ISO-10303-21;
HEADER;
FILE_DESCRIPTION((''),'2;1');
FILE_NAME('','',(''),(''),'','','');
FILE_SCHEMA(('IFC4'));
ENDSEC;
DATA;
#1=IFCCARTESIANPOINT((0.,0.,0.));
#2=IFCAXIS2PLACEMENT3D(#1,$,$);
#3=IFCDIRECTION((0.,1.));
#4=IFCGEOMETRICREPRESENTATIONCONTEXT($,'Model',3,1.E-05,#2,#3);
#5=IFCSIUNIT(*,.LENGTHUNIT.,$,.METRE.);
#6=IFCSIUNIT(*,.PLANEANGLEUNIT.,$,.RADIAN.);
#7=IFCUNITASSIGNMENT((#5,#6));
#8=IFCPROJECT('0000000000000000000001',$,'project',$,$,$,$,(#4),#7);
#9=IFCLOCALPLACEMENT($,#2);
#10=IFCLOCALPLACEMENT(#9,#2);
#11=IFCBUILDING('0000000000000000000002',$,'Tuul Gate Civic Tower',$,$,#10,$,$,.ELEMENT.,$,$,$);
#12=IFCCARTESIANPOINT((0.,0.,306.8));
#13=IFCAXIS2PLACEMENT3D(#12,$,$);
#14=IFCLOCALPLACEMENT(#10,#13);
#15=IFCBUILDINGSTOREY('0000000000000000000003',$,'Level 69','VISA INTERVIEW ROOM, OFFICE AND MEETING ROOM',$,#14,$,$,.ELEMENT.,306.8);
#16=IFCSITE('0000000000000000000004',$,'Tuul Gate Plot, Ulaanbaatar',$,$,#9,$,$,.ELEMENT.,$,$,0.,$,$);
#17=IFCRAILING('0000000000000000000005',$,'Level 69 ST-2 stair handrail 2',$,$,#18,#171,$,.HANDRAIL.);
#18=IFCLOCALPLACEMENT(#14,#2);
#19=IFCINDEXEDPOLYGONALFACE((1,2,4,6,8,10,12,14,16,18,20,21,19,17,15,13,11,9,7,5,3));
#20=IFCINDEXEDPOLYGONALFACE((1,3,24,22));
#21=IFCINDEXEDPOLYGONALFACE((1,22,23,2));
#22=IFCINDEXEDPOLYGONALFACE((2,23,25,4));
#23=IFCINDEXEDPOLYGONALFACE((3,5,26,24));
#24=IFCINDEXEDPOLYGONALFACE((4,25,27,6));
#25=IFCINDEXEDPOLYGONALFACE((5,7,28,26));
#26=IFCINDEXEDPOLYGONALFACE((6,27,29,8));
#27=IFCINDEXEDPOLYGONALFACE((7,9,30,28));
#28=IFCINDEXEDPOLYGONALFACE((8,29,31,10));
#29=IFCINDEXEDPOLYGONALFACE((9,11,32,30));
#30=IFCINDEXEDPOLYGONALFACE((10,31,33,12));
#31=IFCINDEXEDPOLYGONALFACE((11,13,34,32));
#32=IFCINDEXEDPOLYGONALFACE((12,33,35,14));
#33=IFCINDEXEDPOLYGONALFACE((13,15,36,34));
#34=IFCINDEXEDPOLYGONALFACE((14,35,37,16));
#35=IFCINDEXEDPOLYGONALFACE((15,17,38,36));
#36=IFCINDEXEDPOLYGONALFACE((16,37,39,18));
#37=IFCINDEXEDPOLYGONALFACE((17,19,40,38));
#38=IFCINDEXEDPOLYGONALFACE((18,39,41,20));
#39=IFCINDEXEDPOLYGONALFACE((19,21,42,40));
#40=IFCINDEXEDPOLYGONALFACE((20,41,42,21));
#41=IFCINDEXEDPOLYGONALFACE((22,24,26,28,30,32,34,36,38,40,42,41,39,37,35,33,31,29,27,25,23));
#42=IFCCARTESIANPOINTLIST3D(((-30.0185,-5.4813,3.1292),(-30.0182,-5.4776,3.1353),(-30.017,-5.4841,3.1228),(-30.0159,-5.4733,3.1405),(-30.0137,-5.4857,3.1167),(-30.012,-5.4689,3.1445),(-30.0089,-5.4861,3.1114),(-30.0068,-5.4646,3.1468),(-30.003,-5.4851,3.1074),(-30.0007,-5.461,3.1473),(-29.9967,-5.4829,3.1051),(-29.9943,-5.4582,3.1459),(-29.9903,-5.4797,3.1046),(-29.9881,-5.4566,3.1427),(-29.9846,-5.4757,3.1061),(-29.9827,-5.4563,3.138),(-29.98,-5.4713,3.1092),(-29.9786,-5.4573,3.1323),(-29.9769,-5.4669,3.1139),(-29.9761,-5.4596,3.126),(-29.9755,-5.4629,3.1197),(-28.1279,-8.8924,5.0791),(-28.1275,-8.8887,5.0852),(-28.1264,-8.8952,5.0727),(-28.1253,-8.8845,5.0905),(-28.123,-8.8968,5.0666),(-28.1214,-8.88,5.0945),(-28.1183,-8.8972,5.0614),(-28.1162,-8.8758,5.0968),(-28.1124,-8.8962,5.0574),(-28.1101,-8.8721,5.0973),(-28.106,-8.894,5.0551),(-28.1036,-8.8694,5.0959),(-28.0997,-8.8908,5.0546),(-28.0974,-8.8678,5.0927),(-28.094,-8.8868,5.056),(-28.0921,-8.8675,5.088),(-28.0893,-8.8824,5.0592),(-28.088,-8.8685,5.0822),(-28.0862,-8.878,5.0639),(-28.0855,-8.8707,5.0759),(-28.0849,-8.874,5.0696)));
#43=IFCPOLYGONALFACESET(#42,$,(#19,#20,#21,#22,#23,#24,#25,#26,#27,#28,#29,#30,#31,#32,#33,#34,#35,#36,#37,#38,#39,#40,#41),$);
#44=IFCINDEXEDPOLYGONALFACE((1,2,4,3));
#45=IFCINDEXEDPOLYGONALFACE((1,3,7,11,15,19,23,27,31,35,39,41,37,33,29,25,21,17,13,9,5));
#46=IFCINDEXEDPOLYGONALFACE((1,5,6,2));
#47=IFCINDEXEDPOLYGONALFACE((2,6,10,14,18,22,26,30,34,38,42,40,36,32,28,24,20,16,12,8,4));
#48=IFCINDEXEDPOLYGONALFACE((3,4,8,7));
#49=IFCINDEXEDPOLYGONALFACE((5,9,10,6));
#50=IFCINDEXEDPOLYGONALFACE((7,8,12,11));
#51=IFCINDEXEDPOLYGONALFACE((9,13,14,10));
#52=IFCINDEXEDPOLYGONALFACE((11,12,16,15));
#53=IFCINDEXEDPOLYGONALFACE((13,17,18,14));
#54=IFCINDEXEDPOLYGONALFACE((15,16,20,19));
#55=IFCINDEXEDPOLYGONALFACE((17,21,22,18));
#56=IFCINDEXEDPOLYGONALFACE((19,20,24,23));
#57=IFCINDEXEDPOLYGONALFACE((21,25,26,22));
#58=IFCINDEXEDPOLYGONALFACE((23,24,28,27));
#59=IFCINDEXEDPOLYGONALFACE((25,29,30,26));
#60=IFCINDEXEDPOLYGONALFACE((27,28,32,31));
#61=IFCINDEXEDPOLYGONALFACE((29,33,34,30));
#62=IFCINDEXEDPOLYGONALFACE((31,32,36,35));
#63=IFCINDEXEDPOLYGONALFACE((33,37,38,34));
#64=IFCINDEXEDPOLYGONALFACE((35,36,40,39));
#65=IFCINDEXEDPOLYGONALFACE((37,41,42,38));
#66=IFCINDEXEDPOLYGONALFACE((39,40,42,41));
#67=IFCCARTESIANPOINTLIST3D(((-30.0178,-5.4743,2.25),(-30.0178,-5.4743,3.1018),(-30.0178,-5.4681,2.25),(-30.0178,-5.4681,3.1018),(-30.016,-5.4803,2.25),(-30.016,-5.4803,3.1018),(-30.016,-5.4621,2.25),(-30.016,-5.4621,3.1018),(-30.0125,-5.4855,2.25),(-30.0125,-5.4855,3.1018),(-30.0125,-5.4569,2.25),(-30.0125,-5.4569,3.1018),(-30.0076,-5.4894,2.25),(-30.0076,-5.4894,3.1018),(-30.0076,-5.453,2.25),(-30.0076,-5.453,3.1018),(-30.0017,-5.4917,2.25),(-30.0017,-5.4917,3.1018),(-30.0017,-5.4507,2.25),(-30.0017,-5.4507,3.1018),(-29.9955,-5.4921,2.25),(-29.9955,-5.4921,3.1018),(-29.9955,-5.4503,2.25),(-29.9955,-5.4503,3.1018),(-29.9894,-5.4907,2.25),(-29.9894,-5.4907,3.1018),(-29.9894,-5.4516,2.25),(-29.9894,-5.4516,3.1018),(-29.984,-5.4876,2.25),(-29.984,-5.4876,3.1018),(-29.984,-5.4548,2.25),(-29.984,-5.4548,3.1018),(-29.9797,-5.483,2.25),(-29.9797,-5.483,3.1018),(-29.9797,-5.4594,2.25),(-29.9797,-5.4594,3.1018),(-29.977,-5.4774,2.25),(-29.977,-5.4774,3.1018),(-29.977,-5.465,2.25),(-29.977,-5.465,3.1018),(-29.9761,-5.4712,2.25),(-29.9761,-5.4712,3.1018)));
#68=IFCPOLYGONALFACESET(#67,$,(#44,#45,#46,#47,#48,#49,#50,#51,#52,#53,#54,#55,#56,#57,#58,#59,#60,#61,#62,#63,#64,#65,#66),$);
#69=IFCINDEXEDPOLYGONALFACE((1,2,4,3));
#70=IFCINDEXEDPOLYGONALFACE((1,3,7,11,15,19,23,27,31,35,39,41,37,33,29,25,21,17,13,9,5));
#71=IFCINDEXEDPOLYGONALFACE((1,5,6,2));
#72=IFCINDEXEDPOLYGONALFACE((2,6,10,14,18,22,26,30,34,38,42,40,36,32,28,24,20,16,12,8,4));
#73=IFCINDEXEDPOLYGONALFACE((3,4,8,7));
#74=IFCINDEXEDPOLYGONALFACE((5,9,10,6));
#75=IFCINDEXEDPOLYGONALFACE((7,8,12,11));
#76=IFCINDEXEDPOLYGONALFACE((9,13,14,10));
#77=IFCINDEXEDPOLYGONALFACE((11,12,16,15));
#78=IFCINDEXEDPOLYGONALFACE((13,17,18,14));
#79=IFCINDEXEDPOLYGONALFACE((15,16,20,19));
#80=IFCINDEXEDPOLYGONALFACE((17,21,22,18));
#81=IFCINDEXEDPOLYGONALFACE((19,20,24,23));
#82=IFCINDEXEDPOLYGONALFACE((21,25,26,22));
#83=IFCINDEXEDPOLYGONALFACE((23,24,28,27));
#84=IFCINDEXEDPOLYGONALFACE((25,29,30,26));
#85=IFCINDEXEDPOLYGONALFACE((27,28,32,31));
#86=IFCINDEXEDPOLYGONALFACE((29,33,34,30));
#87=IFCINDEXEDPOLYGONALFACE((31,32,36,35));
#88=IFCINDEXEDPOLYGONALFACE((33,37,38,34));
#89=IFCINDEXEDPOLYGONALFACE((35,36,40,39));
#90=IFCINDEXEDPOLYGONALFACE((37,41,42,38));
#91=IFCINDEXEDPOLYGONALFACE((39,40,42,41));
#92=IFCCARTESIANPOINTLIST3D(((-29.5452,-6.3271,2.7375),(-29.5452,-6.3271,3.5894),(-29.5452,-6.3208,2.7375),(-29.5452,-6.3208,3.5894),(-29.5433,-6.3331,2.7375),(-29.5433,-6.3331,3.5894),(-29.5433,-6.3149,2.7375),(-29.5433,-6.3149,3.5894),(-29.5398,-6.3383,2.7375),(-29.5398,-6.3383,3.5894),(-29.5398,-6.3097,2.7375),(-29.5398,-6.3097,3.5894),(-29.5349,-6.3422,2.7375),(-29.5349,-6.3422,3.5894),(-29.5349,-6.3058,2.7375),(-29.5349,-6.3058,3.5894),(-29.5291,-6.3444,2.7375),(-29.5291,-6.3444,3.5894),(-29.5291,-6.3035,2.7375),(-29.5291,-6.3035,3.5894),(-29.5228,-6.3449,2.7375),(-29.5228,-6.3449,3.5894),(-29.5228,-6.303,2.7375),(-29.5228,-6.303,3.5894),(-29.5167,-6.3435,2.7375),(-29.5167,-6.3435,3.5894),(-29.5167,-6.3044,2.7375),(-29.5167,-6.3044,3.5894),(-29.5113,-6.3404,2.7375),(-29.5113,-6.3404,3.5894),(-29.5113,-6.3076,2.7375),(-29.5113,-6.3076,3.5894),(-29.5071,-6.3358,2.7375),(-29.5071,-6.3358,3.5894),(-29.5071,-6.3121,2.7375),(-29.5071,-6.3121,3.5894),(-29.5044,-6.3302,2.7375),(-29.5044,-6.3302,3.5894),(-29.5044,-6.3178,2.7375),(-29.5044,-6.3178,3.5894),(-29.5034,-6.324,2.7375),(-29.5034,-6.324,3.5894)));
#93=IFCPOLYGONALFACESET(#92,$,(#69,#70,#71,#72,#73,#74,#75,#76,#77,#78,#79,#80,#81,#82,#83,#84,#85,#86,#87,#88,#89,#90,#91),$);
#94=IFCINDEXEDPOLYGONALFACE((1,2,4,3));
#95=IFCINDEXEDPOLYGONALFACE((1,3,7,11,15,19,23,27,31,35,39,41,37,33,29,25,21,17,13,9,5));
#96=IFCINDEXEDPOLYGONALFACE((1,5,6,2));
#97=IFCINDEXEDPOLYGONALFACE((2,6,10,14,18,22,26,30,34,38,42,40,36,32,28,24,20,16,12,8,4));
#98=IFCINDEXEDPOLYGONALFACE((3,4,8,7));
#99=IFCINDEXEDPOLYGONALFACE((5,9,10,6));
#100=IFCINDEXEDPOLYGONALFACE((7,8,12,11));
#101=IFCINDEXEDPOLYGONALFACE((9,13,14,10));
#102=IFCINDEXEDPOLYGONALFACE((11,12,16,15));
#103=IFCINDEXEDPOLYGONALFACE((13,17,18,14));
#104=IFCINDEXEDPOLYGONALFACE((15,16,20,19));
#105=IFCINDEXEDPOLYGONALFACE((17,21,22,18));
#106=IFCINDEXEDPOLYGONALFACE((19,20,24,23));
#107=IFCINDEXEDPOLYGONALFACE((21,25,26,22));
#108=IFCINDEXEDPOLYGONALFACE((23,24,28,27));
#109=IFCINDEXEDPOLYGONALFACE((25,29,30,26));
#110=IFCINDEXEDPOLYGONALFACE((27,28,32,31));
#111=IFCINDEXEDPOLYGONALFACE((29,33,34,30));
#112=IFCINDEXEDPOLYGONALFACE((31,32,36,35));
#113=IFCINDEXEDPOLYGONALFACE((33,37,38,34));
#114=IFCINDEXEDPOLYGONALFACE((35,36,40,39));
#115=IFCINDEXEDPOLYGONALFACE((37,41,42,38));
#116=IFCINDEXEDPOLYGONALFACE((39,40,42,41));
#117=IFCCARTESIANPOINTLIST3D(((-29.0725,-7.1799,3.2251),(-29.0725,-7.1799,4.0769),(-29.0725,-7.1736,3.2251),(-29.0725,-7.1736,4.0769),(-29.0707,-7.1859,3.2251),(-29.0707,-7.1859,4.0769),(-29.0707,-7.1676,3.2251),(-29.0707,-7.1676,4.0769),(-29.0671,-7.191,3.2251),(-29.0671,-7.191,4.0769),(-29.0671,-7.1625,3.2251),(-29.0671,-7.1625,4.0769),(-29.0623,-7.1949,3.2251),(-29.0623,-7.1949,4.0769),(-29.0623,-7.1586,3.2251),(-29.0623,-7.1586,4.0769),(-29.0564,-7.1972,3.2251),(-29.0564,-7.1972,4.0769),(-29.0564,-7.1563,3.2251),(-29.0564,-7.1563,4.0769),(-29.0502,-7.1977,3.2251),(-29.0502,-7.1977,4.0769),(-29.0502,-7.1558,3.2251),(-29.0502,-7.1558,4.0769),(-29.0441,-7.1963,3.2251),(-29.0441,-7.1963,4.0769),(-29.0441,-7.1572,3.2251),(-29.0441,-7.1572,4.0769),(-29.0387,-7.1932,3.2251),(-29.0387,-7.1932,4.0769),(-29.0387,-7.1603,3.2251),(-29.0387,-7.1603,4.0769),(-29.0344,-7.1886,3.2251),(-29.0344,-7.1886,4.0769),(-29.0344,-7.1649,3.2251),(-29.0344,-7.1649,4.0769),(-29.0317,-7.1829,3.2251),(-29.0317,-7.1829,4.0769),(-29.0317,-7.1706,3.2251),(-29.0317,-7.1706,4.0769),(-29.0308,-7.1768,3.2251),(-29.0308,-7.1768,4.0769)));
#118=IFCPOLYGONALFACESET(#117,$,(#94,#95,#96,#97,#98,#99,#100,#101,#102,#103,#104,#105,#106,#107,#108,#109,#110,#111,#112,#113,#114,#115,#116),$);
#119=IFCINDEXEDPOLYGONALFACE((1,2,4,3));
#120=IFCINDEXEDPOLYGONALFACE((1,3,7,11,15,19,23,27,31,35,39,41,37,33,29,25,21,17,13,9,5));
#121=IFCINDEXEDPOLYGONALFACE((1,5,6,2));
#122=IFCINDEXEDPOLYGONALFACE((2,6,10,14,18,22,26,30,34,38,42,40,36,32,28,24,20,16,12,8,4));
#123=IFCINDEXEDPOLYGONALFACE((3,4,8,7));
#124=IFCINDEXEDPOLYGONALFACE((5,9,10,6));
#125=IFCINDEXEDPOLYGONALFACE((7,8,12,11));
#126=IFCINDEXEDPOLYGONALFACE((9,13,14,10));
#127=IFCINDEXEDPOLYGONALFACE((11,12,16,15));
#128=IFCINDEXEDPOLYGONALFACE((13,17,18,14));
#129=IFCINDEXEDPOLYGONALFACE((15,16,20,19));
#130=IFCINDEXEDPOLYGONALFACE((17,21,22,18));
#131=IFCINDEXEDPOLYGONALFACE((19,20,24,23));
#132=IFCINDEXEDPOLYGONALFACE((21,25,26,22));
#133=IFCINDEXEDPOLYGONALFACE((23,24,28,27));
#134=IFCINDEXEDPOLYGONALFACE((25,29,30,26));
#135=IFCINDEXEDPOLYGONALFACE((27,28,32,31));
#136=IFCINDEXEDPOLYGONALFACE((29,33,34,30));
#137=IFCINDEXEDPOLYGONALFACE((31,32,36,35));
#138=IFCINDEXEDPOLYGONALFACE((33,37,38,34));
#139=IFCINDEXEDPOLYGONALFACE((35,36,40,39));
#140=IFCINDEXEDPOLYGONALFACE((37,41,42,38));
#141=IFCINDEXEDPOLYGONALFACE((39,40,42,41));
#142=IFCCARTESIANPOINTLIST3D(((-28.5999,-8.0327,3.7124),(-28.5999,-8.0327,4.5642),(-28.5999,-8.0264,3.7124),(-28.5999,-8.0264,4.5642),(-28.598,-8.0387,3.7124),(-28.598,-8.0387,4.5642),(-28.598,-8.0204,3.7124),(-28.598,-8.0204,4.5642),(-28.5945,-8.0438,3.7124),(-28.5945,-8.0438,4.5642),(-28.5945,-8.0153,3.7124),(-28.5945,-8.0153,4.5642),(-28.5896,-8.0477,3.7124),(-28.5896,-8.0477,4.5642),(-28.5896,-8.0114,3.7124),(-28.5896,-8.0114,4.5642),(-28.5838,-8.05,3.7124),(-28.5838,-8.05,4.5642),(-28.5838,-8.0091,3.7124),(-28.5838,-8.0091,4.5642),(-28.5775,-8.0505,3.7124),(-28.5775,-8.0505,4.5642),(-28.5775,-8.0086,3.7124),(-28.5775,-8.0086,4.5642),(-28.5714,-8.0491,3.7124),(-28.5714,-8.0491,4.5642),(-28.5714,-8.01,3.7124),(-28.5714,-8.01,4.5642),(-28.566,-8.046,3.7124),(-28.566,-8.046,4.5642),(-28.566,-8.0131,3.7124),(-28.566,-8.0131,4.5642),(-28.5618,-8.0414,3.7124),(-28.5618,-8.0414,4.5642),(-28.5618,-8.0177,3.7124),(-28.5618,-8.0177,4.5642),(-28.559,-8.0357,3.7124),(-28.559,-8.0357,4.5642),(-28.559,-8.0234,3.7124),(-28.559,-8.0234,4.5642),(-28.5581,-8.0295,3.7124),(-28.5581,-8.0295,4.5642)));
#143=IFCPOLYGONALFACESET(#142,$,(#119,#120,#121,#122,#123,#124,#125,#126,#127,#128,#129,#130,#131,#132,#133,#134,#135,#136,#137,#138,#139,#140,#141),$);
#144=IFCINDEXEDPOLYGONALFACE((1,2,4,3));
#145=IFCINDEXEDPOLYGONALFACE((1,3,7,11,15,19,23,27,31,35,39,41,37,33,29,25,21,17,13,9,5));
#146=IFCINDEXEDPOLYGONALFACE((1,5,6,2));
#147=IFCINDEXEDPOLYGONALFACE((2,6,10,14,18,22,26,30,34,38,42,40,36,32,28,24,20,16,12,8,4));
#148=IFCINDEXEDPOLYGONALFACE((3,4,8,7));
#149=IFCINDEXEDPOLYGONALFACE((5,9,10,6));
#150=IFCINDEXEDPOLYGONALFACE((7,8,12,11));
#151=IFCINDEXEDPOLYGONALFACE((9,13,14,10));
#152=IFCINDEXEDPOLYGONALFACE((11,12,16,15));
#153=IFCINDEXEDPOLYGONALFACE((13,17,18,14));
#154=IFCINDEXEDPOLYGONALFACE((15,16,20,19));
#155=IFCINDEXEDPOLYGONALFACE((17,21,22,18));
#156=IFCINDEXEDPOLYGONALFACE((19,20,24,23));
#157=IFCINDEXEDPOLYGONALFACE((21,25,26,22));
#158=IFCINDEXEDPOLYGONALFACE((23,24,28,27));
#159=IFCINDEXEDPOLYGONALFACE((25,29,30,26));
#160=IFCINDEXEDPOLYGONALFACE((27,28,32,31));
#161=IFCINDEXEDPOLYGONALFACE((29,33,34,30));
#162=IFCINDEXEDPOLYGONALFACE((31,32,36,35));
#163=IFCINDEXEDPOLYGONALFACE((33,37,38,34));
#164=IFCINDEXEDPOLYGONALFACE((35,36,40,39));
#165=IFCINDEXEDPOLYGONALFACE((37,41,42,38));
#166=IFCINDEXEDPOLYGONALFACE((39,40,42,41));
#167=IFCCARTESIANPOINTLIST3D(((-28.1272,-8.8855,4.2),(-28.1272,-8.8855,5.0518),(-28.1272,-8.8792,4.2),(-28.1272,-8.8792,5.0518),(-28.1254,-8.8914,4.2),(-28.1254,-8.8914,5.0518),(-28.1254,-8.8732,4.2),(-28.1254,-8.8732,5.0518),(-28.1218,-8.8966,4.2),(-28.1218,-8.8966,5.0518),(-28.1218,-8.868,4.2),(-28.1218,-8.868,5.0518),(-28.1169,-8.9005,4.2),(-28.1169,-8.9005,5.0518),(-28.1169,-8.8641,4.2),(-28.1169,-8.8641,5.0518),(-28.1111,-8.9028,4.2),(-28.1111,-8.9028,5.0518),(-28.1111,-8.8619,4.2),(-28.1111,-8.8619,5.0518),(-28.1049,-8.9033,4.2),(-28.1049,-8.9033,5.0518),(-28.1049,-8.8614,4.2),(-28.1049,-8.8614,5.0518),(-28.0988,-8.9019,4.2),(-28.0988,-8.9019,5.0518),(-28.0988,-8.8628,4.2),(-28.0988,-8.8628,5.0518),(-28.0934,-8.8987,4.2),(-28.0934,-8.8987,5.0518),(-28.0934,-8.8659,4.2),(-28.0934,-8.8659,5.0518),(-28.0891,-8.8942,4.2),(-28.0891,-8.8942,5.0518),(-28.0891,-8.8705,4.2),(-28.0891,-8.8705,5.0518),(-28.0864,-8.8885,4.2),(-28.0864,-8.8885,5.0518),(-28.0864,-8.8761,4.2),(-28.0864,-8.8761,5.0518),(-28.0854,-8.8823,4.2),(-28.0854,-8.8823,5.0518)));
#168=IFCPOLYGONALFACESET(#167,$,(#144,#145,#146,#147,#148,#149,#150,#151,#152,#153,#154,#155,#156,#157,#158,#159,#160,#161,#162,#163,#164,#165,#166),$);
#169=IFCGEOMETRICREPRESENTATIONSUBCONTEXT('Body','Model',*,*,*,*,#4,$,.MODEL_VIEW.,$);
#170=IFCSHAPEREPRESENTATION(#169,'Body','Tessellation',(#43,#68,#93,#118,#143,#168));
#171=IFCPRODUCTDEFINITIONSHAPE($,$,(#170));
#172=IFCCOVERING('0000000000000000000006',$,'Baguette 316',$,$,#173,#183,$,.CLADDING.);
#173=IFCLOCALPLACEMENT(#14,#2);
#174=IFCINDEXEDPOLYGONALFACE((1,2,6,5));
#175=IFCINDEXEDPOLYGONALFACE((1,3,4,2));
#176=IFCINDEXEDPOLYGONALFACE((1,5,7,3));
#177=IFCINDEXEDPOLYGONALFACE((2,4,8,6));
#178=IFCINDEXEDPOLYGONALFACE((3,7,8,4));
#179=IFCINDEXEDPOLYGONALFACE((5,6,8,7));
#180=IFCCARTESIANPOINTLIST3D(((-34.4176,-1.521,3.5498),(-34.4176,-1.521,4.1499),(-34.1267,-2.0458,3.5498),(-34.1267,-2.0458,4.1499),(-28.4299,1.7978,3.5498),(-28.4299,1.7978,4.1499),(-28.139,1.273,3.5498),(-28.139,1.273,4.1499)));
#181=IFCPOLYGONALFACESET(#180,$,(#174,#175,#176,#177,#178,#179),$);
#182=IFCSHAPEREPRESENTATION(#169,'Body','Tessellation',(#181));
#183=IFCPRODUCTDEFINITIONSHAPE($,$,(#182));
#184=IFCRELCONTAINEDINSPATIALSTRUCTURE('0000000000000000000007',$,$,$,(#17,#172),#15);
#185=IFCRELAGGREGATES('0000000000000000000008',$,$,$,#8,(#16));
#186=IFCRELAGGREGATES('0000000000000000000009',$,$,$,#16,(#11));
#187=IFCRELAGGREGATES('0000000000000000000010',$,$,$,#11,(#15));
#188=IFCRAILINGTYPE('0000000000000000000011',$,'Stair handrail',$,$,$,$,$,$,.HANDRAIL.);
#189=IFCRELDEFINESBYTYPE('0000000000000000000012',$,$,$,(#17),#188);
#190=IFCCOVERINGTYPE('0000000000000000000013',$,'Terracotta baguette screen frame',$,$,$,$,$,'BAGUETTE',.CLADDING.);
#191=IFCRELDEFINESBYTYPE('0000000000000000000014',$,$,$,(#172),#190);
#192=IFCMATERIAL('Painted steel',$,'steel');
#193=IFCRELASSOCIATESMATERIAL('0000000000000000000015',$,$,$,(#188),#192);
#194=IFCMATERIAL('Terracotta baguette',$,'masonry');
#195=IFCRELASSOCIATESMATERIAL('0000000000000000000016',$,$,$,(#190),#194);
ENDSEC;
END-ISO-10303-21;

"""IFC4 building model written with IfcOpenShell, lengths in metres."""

from ifc_helpers import new_model, si_unit, direction, frame, origin, origin_2d, place, context, subcontext, project, spatial, rectangle, circle, extrude, material, material_profile, profile_set, type_object, element, save


model = new_model("IFC4")

# Units and contexts
model_context = context("Model", 3, precision=1e-05, world=origin(), true_north=direction((0.0, 1.0)))
body_context = subcontext(model_context, "Body", "Model", "MODEL_VIEW")
ifc_project = project(units=[si_unit("LENGTHUNIT", "METRE"), si_unit("PLANEANGLEUNIT", "RADIAN")], contexts=[model_context])

# Site, building, storey
site_placement = place(None, origin())
site = spatial("IfcSite", under=ifc_project, at=site_placement, Name="Tuul Gate Plot, Ulaanbaatar", CompositionType="ELEMENT", RefElevation=0.0)
building_placement = place(site_placement, origin())
building = spatial("IfcBuilding", under=site, at=building_placement, Name="Tuul Gate Civic Tower", CompositionType="ELEMENT")
storey_placement = place(building_placement, frame((0.0, 0.0, 306.8)))
storey = spatial("IfcBuildingStorey", under=building, at=storey_placement, Name="Level 69", Description="VISA INTERVIEW ROOM, OFFICE AND MEETING ROOM", CompositionType="ELEMENT", Elevation=306.8)

# Railing
ifc_material_1 = material(Name="Painted steel", Category="steel")
railing_type_1 = type_object("IfcRailingType", Name="Stair handrail", PredefinedType="HANDRAIL", material=ifc_material_1)
railing_1_placement = place(storey_placement, frame((-29.9971, -5.4712, 2.25)))
element("IfcRailing", 1, at=railing_1_placement, inside=storey, type_object=railing_type_1, Name="Level 69 ST-2 stair handrail 2", PredefinedType="HANDRAIL", context=body_context, shape_type="SweptSolid", body=[
    extrude(circle(Radius=0.0239, at=origin_2d()), frame((0.0, 0.0, 0.876), z_axis=(0.433595, -0.782308, 0.447201), x_axis=(0.874641, 0.484771, 0.0)), (0.0, 0.0, 1.0), 4.3604),
    extrude(circle(Radius=0.021, at=origin_2d()), origin(), (0.0, 0.0, 1.0), 0.8518),
    extrude(circle(Radius=0.021, at=origin_2d()), frame((0.4727, -0.8528, 0.4875)), (0.0, 0.0, 1.0), 0.8518),
    extrude(circle(Radius=0.021, at=origin_2d()), frame((0.9453, -1.7056, 0.9751)), (0.0, 0.0, 1.0), 0.8518),
    extrude(circle(Radius=0.021, at=origin_2d()), frame((1.418, -2.5583, 1.4624)), (0.0, 0.0, 1.0), 0.8518),
    extrude(circle(Radius=0.021, at=origin_2d()), frame((1.8906, -3.4111, 1.95)), (0.0, 0.0, 1.0), 0.8518),
])

# Covering
ifc_material_2 = material(Name="Terracotta baguette", Category="masonry")
ifc_material_profile_1 = material_profile(ifc_material_2, rectangle(XDim=0.6001, YDim=0.6001, at=origin_2d()), Name="Terracotta baguette screen frame")
ifc_profile_set_1 = profile_set([ifc_material_profile_1], Name="Terracotta baguette")
covering_type = type_object("IfcCoveringType", Name="Terracotta baguette screen frame", ElementType="BAGUETTE", PredefinedType="CLADDING", material=ifc_profile_set_1)
covering_placement = place(storey_placement, frame((-28.2844, 1.5354, 3.8499), z_axis=(-0.874635, -0.484783, 0.0), x_axis=(0.484783, -0.874635, 0.0)))
element("IfcCovering", 2, at=covering_placement, inside=storey, type_object=covering_type, Name="Baguette 316", PredefinedType="CLADDING", context=body_context, shape_type="SweptSolid", body=[
    extrude(rectangle(XDim=0.6001, YDim=0.6001, at=origin_2d()), origin(), (0.0, 0.0, 1.0), 6.8459),
])

save(model, "model.ifc")
